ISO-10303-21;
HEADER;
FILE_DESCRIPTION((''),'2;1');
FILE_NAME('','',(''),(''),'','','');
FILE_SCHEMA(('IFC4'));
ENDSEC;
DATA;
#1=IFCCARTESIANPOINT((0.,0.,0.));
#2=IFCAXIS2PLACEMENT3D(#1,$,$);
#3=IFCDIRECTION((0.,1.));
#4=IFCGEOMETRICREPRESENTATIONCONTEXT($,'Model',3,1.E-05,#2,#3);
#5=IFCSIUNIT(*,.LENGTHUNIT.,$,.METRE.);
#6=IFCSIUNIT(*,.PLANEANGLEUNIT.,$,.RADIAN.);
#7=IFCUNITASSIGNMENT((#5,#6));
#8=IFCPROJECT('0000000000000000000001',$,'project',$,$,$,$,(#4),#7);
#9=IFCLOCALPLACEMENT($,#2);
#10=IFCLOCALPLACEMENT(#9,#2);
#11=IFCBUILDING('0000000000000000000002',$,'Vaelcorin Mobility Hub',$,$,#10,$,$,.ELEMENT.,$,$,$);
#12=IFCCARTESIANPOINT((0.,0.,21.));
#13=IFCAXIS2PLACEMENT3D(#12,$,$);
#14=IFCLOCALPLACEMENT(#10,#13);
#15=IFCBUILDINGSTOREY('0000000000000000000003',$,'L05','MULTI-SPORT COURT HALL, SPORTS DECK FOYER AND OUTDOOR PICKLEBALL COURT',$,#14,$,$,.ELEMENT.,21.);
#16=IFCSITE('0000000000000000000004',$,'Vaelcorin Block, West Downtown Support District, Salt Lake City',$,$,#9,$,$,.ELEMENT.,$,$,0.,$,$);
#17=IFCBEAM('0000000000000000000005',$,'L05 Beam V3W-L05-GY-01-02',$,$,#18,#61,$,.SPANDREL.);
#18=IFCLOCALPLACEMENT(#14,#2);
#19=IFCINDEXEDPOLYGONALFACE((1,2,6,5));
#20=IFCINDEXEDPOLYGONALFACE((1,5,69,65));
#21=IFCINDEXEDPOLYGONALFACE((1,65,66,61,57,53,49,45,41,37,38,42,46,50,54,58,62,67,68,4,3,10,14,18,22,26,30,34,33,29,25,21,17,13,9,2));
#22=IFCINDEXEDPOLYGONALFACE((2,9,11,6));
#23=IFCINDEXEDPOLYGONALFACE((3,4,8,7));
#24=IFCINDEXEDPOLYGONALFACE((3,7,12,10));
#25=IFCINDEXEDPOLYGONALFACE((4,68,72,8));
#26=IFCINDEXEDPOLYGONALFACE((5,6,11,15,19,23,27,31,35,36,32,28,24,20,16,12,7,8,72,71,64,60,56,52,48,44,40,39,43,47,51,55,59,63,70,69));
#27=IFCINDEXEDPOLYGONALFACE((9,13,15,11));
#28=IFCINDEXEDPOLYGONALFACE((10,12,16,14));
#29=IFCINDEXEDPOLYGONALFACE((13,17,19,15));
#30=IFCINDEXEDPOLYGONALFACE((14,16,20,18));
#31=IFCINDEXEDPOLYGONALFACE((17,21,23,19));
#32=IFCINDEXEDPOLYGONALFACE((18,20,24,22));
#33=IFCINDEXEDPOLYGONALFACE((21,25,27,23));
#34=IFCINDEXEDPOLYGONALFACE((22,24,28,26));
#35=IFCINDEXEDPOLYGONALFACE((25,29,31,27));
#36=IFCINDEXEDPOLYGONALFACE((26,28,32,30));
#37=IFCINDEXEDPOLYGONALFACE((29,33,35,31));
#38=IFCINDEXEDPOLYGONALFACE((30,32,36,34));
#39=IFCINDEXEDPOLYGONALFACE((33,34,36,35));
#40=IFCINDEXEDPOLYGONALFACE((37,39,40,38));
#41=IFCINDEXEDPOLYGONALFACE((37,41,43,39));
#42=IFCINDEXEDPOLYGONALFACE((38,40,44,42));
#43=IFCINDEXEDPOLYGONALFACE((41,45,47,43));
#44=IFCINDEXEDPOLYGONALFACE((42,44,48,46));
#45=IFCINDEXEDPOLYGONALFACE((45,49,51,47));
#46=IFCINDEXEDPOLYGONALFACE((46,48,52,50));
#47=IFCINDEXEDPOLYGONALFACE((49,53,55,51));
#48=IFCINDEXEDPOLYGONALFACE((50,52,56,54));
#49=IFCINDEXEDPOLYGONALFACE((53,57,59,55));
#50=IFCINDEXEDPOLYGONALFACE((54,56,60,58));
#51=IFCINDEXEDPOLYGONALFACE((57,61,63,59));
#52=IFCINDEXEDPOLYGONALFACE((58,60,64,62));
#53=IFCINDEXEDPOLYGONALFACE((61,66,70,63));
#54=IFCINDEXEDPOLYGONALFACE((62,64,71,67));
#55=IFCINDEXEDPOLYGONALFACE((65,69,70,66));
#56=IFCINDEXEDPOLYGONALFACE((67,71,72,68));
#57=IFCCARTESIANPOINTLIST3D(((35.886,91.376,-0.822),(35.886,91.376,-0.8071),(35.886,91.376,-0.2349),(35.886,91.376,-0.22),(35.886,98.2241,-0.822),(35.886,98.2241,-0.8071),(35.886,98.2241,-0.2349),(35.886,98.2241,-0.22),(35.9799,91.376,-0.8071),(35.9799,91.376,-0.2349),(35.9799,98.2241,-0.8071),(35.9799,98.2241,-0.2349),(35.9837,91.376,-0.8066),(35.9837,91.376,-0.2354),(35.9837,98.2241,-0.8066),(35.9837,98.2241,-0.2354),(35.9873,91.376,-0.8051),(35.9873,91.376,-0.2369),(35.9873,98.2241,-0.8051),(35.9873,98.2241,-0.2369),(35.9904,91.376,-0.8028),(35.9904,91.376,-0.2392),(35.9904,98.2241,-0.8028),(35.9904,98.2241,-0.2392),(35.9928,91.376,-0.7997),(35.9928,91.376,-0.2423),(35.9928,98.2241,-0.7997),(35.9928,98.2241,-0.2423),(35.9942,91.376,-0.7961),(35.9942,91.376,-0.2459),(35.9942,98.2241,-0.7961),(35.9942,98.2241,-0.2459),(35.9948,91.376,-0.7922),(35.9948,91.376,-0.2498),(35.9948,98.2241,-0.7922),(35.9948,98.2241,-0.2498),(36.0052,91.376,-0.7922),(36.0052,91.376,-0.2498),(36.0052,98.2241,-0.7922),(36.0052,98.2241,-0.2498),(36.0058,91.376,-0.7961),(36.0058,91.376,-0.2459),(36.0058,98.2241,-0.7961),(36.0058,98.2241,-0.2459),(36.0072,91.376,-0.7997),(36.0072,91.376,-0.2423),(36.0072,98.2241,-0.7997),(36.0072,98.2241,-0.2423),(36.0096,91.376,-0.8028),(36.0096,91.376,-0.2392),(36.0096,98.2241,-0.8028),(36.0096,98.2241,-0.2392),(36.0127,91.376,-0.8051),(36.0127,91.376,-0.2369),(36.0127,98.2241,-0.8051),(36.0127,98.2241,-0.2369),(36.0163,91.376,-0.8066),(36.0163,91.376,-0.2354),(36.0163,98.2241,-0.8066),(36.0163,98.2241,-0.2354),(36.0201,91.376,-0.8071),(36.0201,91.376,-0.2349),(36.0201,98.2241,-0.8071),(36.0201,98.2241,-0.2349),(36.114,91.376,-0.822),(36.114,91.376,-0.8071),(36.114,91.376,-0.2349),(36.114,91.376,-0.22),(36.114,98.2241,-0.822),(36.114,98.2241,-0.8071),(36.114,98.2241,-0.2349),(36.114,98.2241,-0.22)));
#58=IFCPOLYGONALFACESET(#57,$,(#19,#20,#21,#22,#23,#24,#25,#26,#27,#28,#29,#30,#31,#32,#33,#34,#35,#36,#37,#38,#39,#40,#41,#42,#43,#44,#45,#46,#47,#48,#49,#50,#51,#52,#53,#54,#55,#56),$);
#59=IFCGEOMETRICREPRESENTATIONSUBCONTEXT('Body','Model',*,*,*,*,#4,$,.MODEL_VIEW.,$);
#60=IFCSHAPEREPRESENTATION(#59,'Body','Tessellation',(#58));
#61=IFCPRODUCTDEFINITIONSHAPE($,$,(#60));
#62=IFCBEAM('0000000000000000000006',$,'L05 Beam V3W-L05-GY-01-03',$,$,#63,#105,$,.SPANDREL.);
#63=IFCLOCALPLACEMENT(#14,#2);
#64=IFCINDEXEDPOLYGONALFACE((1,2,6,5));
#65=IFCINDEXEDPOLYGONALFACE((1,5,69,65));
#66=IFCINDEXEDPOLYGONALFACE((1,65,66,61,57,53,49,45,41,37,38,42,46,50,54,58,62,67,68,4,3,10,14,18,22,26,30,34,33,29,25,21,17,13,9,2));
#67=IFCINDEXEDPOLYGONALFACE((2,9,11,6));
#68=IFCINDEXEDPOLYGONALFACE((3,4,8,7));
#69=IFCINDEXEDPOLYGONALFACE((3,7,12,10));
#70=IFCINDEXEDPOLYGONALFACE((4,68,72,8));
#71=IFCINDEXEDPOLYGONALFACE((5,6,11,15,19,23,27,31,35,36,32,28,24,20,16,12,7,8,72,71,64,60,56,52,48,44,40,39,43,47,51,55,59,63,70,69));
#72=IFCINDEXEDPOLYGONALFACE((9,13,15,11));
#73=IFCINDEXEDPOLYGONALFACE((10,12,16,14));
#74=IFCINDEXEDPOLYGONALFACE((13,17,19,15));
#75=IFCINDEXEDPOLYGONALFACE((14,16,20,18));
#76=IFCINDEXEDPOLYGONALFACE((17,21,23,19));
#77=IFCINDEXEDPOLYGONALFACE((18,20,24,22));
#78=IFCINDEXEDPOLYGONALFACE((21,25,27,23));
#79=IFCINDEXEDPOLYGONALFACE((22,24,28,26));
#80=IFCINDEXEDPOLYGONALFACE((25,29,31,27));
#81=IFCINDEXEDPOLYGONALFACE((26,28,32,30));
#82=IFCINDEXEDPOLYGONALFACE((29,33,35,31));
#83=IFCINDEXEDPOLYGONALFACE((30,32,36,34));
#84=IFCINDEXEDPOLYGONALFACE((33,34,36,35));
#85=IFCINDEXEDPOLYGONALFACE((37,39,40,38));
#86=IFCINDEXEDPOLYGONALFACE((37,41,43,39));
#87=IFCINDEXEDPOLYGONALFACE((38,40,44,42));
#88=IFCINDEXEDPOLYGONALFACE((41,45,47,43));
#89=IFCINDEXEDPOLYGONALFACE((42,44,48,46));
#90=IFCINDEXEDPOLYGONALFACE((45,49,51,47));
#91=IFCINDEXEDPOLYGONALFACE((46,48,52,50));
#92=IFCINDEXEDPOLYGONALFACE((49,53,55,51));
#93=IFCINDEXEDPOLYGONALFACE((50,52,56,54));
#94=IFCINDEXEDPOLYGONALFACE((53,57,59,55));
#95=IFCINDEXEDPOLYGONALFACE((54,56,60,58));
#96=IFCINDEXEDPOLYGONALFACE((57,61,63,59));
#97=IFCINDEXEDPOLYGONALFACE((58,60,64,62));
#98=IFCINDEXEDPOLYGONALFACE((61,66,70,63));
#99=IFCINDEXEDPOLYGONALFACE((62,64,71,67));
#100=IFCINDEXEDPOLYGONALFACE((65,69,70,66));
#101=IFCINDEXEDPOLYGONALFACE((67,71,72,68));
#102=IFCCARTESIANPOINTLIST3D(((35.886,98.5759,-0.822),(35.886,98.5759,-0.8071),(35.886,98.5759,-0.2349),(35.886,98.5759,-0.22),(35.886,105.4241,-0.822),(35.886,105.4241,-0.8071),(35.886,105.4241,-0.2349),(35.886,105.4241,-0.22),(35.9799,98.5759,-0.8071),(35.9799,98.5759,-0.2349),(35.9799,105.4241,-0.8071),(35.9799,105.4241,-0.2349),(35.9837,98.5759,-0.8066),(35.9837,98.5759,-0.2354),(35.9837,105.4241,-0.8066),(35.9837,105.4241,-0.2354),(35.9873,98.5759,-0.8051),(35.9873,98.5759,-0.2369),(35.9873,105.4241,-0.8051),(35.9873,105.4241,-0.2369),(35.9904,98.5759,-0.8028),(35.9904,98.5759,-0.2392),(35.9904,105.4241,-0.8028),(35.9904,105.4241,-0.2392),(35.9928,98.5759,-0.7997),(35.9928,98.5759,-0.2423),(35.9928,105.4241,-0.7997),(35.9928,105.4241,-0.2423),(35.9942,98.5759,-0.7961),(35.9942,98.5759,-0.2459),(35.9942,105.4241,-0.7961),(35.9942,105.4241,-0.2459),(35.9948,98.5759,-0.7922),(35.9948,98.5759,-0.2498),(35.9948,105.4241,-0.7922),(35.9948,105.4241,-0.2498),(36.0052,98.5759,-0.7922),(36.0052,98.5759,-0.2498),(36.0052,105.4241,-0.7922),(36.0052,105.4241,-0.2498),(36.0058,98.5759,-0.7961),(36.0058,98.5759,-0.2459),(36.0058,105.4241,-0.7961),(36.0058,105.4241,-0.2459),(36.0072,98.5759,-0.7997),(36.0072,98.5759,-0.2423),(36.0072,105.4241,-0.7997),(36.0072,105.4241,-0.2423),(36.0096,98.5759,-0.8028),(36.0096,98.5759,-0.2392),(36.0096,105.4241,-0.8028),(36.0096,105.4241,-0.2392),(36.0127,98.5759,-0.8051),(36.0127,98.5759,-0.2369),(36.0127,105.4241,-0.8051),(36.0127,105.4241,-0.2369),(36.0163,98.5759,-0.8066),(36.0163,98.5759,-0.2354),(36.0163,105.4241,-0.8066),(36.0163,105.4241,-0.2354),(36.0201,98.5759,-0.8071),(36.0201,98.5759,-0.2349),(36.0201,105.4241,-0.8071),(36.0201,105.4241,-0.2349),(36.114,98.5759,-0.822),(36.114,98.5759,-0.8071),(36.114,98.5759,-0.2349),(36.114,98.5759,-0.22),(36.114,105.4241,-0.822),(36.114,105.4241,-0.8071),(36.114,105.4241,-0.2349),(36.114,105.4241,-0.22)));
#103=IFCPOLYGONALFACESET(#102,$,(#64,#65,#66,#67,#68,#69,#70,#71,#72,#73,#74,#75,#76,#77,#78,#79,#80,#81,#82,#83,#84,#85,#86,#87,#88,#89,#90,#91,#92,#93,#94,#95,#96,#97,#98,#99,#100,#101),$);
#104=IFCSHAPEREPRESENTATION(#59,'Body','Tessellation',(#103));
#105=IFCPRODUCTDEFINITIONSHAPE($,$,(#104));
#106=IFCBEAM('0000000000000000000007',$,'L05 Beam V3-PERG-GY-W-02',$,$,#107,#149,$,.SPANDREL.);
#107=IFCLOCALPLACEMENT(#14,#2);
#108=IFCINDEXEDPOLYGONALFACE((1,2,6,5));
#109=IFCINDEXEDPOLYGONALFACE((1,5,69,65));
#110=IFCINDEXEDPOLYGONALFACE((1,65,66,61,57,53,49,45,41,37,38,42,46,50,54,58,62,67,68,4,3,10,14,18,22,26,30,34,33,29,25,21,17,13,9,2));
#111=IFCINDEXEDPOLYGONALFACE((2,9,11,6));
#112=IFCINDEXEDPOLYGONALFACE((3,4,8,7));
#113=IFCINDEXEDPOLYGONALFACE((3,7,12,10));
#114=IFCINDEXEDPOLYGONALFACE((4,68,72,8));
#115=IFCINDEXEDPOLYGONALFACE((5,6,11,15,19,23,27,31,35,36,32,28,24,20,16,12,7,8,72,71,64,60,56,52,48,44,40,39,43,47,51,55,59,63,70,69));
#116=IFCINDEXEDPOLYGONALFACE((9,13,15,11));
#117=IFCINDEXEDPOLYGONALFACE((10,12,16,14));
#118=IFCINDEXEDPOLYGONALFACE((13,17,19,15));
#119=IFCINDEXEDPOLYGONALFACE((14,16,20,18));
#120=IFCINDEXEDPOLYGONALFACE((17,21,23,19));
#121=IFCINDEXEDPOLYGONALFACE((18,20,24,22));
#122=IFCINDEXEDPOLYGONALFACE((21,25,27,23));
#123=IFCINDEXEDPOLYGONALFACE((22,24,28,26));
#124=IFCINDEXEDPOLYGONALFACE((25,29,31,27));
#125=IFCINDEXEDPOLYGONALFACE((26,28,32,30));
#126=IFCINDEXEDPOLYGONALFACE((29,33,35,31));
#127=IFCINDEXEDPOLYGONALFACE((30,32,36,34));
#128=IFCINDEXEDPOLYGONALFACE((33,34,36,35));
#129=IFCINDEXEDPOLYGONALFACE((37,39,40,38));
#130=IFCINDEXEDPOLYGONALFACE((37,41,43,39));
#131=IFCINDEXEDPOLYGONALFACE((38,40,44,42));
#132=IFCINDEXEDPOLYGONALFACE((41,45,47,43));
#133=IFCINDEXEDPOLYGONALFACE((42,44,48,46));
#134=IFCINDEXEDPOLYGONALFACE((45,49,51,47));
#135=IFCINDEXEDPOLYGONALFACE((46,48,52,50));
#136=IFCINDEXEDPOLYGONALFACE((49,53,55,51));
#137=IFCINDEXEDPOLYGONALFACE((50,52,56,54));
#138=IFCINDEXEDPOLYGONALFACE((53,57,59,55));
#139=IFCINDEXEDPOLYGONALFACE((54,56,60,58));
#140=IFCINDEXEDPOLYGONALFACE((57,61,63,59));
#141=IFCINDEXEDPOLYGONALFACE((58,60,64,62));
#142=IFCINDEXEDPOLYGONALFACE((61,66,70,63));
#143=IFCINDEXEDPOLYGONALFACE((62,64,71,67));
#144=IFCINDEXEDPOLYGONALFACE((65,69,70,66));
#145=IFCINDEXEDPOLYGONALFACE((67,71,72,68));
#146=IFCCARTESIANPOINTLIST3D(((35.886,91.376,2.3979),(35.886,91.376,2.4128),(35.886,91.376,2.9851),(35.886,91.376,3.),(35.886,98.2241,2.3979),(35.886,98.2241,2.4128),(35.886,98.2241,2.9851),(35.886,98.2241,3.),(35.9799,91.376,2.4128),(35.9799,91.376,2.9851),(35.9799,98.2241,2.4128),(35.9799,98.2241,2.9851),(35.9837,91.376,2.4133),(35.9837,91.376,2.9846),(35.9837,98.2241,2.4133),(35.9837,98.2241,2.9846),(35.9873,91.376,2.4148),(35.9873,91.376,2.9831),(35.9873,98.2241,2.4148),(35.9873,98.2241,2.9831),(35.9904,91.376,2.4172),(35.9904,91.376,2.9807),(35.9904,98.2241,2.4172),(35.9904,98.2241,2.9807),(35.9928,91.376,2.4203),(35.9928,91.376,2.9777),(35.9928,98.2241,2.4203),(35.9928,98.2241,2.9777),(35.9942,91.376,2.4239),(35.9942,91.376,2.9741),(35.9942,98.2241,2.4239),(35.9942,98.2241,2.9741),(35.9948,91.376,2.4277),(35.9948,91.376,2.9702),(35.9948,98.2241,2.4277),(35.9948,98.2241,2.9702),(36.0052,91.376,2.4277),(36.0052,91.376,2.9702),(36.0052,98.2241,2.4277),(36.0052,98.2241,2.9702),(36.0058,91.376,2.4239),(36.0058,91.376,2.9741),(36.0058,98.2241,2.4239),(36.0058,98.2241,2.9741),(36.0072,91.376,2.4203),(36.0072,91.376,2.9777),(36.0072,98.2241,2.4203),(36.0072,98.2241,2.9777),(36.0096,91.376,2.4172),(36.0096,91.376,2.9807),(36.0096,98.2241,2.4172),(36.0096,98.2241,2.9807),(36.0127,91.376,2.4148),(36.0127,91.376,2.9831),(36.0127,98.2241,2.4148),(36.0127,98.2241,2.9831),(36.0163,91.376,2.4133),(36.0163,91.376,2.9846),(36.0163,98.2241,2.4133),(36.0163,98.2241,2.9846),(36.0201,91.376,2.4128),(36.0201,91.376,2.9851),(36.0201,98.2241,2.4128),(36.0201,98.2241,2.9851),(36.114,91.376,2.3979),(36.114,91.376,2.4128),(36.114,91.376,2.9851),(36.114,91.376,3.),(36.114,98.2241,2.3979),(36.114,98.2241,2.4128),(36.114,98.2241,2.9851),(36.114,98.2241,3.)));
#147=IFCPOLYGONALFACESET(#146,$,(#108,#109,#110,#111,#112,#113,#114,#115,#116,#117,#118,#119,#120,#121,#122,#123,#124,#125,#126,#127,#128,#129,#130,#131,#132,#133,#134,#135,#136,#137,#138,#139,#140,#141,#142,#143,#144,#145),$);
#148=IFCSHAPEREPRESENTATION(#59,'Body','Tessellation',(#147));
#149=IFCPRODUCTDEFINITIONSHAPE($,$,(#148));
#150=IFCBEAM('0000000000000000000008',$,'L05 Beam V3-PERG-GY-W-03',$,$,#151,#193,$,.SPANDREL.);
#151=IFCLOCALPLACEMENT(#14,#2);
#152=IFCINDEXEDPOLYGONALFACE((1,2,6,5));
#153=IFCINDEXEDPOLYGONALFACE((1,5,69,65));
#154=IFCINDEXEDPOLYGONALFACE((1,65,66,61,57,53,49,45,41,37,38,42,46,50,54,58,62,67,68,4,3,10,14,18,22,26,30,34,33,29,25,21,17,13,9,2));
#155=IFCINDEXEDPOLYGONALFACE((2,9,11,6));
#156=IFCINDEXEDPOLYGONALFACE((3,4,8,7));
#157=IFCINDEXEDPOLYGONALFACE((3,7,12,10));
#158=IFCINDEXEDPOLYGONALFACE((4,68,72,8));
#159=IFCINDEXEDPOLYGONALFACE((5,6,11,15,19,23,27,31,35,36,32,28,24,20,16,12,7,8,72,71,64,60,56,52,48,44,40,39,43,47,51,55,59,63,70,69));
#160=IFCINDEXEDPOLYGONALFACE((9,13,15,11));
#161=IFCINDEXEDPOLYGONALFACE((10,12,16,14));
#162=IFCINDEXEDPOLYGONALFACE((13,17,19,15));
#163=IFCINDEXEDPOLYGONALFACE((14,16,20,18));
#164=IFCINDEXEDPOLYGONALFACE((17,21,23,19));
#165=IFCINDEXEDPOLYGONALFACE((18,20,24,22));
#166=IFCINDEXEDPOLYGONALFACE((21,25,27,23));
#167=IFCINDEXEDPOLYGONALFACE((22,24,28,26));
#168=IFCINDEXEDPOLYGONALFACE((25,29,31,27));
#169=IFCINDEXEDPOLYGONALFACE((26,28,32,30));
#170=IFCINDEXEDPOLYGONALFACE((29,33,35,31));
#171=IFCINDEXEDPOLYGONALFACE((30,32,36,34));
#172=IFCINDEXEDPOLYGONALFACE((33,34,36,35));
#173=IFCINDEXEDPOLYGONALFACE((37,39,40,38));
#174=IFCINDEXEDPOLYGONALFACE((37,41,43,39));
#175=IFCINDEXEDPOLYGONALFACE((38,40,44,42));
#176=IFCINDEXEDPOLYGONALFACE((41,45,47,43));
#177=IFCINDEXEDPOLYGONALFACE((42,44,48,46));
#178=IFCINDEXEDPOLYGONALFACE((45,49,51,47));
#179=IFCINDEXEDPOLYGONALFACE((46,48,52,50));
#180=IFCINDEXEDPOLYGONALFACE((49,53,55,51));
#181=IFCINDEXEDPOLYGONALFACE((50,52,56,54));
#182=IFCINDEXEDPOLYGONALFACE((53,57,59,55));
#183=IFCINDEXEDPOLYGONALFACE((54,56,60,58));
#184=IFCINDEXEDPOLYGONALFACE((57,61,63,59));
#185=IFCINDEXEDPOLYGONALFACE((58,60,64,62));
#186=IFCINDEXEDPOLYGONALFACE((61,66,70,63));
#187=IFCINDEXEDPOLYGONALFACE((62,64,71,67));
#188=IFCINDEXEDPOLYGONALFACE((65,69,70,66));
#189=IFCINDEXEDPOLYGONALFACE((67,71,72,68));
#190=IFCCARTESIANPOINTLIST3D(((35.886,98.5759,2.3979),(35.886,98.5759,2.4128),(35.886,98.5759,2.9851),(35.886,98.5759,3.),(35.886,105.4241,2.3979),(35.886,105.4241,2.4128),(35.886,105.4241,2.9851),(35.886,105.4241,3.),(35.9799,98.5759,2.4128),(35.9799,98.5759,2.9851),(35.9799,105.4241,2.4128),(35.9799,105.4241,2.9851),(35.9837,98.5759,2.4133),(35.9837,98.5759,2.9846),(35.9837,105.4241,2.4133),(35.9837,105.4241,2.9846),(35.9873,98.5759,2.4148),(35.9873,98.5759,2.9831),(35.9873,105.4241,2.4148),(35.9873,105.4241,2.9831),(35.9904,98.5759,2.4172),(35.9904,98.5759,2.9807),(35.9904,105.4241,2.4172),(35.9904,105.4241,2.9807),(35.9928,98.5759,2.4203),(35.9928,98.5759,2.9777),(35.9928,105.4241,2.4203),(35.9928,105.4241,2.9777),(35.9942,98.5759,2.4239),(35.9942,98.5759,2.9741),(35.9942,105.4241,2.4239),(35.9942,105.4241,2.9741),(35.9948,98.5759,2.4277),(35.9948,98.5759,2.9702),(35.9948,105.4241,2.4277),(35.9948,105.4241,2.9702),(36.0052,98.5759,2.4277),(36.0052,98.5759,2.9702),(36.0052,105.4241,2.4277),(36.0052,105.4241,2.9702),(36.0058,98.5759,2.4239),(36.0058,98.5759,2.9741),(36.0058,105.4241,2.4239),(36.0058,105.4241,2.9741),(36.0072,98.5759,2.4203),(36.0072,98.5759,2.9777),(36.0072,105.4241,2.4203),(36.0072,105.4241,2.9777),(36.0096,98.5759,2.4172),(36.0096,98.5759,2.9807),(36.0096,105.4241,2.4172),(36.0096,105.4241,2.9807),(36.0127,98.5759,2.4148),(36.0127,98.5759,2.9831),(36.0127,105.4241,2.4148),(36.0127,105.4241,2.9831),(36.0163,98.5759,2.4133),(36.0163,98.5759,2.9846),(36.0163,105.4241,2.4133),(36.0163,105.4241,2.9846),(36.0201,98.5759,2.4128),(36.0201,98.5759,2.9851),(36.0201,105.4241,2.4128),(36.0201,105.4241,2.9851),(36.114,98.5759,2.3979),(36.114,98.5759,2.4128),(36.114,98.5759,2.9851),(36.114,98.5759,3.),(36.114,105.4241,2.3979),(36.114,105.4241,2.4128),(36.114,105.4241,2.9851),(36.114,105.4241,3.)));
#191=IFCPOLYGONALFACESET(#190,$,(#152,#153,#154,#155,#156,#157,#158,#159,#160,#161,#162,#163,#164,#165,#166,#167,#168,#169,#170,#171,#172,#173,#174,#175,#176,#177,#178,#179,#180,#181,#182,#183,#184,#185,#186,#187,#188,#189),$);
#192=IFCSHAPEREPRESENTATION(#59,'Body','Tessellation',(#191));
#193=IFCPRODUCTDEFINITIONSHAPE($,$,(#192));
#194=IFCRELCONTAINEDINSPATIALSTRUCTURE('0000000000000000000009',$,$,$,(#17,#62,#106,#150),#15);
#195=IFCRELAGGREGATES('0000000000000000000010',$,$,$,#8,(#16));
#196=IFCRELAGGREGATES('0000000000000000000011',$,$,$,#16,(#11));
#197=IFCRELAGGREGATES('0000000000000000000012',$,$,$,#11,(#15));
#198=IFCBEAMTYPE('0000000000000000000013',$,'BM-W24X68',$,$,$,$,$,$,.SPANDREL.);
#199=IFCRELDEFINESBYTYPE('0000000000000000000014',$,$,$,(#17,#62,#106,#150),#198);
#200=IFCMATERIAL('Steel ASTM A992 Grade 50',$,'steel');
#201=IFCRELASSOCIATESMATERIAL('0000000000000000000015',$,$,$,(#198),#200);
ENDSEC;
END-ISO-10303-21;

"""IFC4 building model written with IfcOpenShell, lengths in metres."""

from ifc_helpers import new_model, si_unit, direction, frame, origin, origin_2d, place, context, subcontext, project, spatial, i_section, extrude, material, material_profile, profile_set, type_object, element, save


model = new_model("IFC4")

# Units and contexts
model_context = context("Model", 3, precision=1e-05, world=origin(), true_north=direction((0.0, 1.0)))
body_context = subcontext(model_context, "Body", "Model", "MODEL_VIEW")
ifc_project = project(units=[si_unit("LENGTHUNIT", "METRE"), si_unit("PLANEANGLEUNIT", "RADIAN")], contexts=[model_context])

# Site, building, storey
site_placement = place(None, origin())
site = spatial("IfcSite", under=ifc_project, at=site_placement, Name="Vaelcorin Block, West Downtown Support District, Salt Lake City", CompositionType="ELEMENT", RefElevation=0.0)
building_placement = place(site_placement, origin())
building = spatial("IfcBuilding", under=site, at=building_placement, Name="Vaelcorin Mobility Hub", CompositionType="ELEMENT")
storey_placement = place(building_placement, frame((0.0, 0.0, 21.0)))
storey = spatial("IfcBuildingStorey", under=building, at=storey_placement, Name="L05", Description="MULTI-SPORT COURT HALL, SPORTS DECK FOYER AND OUTDOOR PICKLEBALL COURT", CompositionType="ELEMENT", Elevation=21.0)

# Shared definitions
ifc_material_1 = material(Name="Steel ASTM A992 Grade 50", Category="steel")

# Beams
ifc_material_profile_1 = material_profile(ifc_material_1, i_section(OverallWidth=0.228, OverallDepth=0.6021, WebThickness=0.0105, FlangeThickness=0.0149, FilletRadius=0.0149, at=origin_2d()), Name="W24X68")
ifc_profile_set_1 = profile_set([ifc_material_profile_1], Name="Steel ASTM A992 Grade 50")
beam_type_1 = type_object("IfcBeamType", Name="BM-W24X68", PredefinedType="SPANDREL", material=ifc_profile_set_1)
for number, where, z_axis, x_axis, name in (
    (1, (36.0, 91.376, -0.521), (0.0, 1.0, 0.0), (-1.0, 0.0, 0.0), "L05 Beam V3W-L05-GY-01-02"),
    (2, (36.0, 98.5759, -0.521), (0.0, 1.0, 0.0), (-1.0, 0.0, 0.0), "L05 Beam V3W-L05-GY-01-03"),
    (3, (36.0, 91.376, 2.699), (0.0, 1.0, 0.0), (-1.0, 0.0, 0.0), "L05 Beam V3-PERG-GY-W-02"),
    (4, (36.0, 98.5759, 2.699), (0.0, 1.0, 0.0), (-1.0, 0.0, 0.0), "L05 Beam V3-PERG-GY-W-03"),
):
    element("IfcBeam", number, at=place(storey_placement, frame(where, z_axis=z_axis, x_axis=x_axis)), inside=storey, type_object=beam_type_1, Name=name, PredefinedType="SPANDREL", context=body_context, shape_type="SweptSolid", body=[
        extrude(i_section(OverallWidth=0.228, OverallDepth=0.6021, WebThickness=0.0105, FlangeThickness=0.0149, FilletRadius=0.0149, at=origin_2d()), origin(), (0.0, 0.0, 1.0), 6.8481),
    ])

save(model, "model.ifc")
